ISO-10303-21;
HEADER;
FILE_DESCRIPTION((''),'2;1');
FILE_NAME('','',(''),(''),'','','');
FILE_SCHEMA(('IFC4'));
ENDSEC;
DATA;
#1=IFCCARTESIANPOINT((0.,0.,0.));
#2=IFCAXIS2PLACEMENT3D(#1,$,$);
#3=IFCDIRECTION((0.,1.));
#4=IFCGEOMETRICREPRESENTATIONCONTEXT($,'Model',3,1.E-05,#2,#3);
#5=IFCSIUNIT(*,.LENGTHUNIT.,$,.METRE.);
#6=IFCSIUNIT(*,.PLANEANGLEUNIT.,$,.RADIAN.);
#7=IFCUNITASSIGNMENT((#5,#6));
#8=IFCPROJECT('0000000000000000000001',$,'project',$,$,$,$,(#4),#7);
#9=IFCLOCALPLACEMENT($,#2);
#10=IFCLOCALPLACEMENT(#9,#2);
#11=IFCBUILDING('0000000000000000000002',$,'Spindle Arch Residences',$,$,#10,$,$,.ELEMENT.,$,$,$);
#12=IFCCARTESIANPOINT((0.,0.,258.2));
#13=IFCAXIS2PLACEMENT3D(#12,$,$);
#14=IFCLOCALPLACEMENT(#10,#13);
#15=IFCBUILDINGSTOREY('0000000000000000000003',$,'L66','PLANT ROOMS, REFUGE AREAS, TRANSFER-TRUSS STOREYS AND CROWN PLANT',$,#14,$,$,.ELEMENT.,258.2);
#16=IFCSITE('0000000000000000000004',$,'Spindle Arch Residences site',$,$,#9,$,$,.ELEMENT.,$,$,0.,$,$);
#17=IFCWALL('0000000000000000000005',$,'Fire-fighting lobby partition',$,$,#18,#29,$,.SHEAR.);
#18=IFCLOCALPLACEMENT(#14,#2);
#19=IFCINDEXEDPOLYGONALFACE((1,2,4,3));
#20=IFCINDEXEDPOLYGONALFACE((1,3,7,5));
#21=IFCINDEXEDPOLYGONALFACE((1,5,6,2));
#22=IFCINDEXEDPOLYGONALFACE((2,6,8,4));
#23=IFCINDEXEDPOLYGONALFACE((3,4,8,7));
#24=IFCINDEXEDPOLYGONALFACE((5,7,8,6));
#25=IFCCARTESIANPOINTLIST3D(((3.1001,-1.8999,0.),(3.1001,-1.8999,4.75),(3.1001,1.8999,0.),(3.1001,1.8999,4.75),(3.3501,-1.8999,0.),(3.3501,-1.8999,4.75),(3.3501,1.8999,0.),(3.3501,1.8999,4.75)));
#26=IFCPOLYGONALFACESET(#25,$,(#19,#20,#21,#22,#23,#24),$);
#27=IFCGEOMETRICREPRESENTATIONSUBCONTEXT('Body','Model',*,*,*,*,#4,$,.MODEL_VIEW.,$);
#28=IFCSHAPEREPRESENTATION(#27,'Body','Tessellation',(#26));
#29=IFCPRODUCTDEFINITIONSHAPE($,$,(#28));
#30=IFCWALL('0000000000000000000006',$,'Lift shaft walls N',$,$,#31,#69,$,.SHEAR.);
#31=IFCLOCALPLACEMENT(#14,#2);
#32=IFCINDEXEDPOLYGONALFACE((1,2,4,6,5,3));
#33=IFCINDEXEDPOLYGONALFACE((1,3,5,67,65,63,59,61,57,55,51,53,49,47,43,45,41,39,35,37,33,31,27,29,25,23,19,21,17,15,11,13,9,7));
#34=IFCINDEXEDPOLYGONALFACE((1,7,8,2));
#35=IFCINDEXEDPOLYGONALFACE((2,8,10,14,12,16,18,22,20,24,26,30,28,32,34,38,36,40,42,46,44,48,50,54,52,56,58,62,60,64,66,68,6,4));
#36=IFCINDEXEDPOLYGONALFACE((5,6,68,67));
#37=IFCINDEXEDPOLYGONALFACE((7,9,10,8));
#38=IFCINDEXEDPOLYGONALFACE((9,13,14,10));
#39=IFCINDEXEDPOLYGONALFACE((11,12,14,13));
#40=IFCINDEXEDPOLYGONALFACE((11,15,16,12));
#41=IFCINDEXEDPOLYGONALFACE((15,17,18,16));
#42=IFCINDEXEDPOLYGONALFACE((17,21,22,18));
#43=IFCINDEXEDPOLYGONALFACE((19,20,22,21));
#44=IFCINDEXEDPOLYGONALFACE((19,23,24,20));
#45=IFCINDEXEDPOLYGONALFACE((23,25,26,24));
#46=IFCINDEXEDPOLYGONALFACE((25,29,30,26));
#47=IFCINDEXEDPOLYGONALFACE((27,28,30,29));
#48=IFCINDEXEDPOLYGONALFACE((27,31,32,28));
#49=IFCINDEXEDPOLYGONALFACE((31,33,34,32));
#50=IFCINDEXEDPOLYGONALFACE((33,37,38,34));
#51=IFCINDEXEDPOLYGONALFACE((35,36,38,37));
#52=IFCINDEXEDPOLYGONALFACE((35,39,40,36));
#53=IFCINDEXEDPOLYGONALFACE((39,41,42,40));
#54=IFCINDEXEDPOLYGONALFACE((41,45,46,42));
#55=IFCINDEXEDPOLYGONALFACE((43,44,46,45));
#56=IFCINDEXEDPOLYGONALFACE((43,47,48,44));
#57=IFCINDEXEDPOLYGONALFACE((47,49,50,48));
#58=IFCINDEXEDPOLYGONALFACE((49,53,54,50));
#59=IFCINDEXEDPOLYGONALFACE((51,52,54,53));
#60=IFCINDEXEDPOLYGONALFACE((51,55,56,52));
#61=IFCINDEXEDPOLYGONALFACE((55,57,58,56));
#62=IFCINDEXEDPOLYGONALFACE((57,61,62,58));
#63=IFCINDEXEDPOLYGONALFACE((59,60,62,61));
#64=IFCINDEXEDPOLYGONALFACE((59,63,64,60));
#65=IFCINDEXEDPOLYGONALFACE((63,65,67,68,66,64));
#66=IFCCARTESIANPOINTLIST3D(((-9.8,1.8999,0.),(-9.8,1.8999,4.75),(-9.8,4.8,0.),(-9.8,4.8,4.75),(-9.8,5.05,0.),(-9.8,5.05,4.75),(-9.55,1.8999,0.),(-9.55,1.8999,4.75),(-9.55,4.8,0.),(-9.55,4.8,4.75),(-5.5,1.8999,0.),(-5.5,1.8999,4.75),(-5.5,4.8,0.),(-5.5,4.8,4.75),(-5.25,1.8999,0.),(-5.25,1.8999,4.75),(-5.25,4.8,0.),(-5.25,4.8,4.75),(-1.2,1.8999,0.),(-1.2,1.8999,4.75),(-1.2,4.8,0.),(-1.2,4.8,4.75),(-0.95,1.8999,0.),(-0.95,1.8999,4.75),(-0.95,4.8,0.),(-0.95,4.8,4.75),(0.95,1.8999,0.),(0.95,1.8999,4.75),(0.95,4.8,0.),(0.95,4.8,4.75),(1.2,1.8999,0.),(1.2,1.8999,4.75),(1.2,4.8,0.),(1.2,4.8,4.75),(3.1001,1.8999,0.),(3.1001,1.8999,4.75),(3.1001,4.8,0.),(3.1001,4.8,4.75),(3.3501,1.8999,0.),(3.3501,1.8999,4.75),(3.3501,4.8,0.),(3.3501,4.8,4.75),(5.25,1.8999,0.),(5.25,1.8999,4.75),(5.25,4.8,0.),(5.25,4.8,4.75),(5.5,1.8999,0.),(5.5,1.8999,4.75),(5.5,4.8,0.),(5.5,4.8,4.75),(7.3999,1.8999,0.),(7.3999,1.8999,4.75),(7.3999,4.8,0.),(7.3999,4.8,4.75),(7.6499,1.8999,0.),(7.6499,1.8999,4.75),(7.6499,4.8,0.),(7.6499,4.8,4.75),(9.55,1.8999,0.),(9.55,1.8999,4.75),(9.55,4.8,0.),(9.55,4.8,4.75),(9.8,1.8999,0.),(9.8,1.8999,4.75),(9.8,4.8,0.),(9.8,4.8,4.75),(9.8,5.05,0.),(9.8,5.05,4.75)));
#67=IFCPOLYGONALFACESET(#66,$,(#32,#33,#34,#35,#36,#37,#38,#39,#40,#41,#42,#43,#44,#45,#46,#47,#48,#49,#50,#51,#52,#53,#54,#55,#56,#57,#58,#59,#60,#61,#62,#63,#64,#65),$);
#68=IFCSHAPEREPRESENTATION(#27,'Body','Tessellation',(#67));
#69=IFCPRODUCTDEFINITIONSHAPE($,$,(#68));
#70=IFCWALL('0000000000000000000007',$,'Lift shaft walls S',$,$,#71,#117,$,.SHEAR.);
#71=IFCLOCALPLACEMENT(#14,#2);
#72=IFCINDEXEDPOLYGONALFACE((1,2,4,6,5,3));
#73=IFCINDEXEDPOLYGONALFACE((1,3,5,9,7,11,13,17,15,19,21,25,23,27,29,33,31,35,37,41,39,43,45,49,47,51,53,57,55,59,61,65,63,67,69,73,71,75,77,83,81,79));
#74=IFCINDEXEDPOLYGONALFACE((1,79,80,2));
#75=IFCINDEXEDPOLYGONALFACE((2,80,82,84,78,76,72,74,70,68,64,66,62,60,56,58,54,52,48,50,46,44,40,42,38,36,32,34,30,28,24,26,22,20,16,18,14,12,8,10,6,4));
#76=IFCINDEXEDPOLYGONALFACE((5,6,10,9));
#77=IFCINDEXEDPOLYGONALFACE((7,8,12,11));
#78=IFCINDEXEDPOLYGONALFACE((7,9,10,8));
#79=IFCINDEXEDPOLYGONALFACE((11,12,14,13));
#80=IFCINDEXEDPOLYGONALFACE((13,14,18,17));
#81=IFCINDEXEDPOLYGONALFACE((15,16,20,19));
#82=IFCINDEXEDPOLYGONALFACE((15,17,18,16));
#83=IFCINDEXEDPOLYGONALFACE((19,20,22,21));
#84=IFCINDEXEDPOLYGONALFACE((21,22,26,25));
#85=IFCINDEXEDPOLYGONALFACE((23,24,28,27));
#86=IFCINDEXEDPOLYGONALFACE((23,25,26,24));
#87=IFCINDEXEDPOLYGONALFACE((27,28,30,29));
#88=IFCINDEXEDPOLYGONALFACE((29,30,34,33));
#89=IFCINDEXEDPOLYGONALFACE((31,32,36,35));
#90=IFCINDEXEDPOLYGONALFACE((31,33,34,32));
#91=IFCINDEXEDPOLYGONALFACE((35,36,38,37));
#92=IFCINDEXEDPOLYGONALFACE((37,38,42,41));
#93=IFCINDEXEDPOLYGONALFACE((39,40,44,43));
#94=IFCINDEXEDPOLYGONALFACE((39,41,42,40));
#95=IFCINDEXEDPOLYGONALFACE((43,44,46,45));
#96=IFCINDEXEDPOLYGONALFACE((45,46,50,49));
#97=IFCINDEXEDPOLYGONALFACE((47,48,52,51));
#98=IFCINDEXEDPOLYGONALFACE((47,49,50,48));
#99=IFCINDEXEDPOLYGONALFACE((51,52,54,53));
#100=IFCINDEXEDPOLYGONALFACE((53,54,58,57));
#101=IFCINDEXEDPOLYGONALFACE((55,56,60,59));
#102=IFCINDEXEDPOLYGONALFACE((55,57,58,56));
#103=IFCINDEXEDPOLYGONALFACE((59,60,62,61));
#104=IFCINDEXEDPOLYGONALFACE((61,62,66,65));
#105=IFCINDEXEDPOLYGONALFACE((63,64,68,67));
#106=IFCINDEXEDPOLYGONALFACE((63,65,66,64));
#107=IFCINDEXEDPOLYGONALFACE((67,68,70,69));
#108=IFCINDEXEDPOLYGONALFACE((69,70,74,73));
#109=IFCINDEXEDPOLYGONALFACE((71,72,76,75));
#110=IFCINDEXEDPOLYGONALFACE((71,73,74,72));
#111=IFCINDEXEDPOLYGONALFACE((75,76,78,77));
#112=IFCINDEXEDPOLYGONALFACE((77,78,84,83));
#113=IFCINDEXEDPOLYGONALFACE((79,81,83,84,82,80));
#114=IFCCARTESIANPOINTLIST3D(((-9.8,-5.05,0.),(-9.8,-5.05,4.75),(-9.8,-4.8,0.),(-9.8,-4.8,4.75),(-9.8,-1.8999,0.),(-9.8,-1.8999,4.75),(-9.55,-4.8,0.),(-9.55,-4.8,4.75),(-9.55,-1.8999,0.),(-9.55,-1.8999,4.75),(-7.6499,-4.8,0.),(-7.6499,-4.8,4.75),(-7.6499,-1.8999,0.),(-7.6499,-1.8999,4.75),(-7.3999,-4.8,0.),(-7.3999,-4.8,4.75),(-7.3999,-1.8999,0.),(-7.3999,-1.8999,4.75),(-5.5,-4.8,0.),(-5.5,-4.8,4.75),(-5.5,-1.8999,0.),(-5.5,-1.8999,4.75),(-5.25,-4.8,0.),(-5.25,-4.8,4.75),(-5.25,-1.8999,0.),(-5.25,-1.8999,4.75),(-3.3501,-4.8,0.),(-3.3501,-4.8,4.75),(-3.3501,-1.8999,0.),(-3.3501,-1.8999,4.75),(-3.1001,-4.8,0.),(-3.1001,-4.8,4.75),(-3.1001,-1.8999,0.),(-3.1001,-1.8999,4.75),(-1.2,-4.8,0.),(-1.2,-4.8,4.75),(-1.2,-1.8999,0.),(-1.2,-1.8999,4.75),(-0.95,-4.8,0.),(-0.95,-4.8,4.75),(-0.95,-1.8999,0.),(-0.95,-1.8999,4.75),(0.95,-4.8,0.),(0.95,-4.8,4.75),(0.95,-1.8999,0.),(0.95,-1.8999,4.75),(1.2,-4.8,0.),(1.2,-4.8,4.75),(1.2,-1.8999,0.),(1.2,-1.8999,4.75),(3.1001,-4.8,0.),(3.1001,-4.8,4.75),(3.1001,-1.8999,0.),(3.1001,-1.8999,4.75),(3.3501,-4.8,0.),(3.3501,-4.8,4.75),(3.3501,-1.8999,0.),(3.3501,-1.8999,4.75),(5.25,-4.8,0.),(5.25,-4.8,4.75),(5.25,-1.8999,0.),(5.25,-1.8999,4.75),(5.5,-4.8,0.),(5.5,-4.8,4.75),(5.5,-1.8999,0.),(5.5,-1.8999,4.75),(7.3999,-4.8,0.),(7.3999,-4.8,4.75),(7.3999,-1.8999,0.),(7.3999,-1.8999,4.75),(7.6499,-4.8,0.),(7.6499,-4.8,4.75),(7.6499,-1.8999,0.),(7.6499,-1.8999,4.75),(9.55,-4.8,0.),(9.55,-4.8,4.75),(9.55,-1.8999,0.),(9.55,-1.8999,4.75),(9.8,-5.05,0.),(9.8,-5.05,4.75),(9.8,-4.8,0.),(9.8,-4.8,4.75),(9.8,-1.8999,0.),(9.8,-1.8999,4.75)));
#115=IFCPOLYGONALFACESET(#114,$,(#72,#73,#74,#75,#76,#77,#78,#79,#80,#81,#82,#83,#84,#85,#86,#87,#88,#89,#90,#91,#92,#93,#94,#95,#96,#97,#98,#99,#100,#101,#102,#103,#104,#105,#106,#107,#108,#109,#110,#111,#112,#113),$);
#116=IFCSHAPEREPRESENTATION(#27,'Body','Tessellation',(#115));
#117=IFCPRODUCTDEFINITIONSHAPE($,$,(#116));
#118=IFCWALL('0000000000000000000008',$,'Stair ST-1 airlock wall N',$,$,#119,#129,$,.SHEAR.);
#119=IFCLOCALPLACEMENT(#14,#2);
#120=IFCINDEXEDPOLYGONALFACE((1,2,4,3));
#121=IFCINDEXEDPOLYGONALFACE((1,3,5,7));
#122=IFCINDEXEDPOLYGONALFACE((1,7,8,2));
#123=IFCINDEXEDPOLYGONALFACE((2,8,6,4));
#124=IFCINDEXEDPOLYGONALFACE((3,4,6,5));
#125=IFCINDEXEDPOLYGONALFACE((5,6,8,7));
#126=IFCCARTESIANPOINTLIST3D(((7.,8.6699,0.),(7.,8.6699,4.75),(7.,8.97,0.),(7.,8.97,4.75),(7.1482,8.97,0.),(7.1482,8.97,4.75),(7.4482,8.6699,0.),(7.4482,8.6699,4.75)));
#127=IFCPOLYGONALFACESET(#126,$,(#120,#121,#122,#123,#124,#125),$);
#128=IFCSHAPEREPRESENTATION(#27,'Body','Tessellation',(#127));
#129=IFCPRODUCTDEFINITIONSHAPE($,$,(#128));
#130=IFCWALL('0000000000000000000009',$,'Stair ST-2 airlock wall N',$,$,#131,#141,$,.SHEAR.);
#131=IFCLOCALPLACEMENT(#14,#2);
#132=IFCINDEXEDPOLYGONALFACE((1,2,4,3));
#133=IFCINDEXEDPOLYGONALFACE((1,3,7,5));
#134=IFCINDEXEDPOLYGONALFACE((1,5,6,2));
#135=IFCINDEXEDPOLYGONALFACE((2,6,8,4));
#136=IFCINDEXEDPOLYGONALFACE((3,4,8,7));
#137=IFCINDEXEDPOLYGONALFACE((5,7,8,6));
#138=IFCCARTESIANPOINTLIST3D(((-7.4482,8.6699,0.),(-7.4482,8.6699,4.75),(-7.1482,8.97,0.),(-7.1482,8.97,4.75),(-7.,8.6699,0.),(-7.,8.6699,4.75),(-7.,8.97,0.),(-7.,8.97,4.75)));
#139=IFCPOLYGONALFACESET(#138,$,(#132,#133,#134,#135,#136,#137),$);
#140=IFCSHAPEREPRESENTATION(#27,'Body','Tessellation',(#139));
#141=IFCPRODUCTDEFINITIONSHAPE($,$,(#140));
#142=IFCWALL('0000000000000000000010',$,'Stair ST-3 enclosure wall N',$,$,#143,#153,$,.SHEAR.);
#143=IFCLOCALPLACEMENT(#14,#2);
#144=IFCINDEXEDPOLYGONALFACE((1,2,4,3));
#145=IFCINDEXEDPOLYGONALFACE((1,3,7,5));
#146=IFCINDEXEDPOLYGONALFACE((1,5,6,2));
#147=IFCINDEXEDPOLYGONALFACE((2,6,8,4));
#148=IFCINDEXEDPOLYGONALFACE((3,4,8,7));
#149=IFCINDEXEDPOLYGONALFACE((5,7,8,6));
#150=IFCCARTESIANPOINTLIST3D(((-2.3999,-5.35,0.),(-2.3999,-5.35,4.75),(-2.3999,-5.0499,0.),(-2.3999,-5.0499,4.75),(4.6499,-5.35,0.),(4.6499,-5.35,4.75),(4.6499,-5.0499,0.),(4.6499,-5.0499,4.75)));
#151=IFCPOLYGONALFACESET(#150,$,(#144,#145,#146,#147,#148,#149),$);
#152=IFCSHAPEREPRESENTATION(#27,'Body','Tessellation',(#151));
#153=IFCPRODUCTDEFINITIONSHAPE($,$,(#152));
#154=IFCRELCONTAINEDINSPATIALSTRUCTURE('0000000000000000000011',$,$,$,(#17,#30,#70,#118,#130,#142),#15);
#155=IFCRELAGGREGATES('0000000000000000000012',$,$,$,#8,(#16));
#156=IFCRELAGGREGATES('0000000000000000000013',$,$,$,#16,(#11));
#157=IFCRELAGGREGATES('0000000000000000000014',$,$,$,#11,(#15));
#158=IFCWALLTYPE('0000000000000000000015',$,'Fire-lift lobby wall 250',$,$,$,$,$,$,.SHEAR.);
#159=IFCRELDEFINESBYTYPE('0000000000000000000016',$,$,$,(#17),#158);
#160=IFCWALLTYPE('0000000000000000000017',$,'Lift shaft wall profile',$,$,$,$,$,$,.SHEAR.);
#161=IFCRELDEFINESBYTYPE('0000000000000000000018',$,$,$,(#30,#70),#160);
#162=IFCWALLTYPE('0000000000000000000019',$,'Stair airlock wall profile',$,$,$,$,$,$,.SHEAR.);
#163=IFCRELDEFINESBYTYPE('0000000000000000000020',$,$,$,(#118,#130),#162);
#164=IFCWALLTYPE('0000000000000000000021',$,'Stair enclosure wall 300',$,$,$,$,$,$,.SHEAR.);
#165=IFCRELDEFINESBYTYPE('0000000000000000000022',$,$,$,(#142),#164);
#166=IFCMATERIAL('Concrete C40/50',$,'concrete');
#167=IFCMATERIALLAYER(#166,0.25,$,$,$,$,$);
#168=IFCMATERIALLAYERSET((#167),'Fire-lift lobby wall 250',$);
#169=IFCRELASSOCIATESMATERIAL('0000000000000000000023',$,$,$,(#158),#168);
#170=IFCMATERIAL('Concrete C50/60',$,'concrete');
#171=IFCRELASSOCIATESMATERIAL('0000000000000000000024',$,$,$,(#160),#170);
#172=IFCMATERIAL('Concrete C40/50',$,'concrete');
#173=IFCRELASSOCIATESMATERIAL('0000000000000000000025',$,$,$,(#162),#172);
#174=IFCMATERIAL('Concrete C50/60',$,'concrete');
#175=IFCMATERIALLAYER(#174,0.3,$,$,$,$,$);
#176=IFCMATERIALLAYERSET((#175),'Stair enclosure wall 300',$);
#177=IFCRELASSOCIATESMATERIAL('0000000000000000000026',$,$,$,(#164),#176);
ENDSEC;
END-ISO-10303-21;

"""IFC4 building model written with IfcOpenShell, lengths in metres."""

from ifc_helpers import new_model, si_unit, direction, frame, frame_2d, origin, place, context, subcontext, project, spatial, polyline, rectangle, outline, extrude, material, layer, layer_set, type_object, element, save


model = new_model("IFC4")

# Units and contexts
model_context = context("Model", 3, precision=1e-05, world=origin(), true_north=direction((0.0, 1.0)))
body_context = subcontext(model_context, "Body", "Model", "MODEL_VIEW")
ifc_project = project(units=[si_unit("LENGTHUNIT", "METRE"), si_unit("PLANEANGLEUNIT", "RADIAN")], contexts=[model_context])

# Site, building, storey
site_placement = place(None, origin())
site = spatial("IfcSite", under=ifc_project, at=site_placement, Name="Spindle Arch Residences site", CompositionType="ELEMENT", RefElevation=0.0)
building_placement = place(site_placement, origin())
building = spatial("IfcBuilding", under=site, at=building_placement, Name="Spindle Arch Residences", CompositionType="ELEMENT")
storey_placement = place(building_placement, frame((0.0, 0.0, 258.2)))
storey = spatial("IfcBuildingStorey", under=building, at=storey_placement, Name="L66", Description="PLANT ROOMS, REFUGE AREAS, TRANSFER-TRUSS STOREYS AND CROWN PLANT", CompositionType="ELEMENT", Elevation=258.2)

# Wall
ifc_material_1 = material(Name="Concrete C40/50", Category="concrete")
ifc_layer_1 = layer(ifc_material_1, 0.25)
ifc_layer_set_1 = layer_set([ifc_layer_1], Name="Fire-lift lobby wall 250")
wall_type_1 = type_object("IfcWallType", Name="Fire-lift lobby wall 250", PredefinedType="SHEAR", material=ifc_layer_set_1)
wall_1_placement = place(storey_placement, frame((3.2251, -1.8999, 0.0), z_axis=(0.0, 0.0, 1.0), x_axis=(0.0, 1.0, 0.0)))
element("IfcWall", 1, at=wall_1_placement, inside=storey, type_object=wall_type_1, Name="Fire-fighting lobby partition", PredefinedType="SHEAR", context=body_context, shape_type="SweptSolid", body=[
    extrude(rectangle(XDim=3.7998, YDim=0.25, at=frame_2d((1.8999, 0.0))), origin(), (0.0, 0.0, 1.0), 4.75),
])

# Walls
ifc_material_2 = material(Name="Concrete C50/60", Category="concrete")
wall_type_2 = type_object("IfcWallType", Name="Lift shaft wall profile", PredefinedType="SHEAR", material=ifc_material_2)
wall_2_placement = place(storey_placement, origin())
element("IfcWall", 2, at=wall_2_placement, inside=storey, type_object=wall_type_2, Name="Lift shaft walls N", PredefinedType="SHEAR", context=body_context, shape_type="SweptSolid", body=[
    extrude(outline(polyline([(-9.55, 4.8), (-5.5, 4.8), (-5.5, 1.8999), (-5.25, 1.8999), (-5.25, 4.8), (-1.2, 4.8), (-1.2, 1.8999), (-0.95, 1.8999), (-0.95, 4.8), (0.95, 4.8), (0.95, 1.8999), (1.2, 1.8999), (1.2, 4.8), (3.1001, 4.8), (3.1001, 1.8999), (3.3501, 1.8999), (3.3501, 4.8), (5.25, 4.8), (5.25, 1.8999), (5.5, 1.8999), (5.5, 4.8), (7.3999, 4.8), (7.3999, 1.8999), (7.6499, 1.8999), (7.6499, 4.8), (9.55, 4.8), (9.55, 1.8999), (9.8, 1.8999), (9.8, 4.8), (9.8, 5.05), (-9.8, 5.05), (-9.8, 4.8), (-9.8, 1.8999), (-9.55, 1.8999), (-9.55, 4.8)])), origin(), (0.0, 0.0, 1.0), 4.75),
])
wall_3_placement = place(storey_placement, origin())
element("IfcWall", 3, at=wall_3_placement, inside=storey, type_object=wall_type_2, Name="Lift shaft walls S", PredefinedType="SHEAR", context=body_context, shape_type="SweptSolid", body=[
    extrude(outline(polyline([(9.8, -5.05), (9.8, -4.8), (9.8, -1.8999), (9.55, -1.8999), (9.55, -4.8), (7.6499, -4.8), (7.6499, -1.8999), (7.3999, -1.8999), (7.3999, -4.8), (5.5, -4.8), (5.5, -1.8999), (5.25, -1.8999), (5.25, -4.8), (3.3501, -4.8), (3.3501, -1.8999), (3.1001, -1.8999), (3.1001, -4.8), (1.2, -4.8), (1.2, -1.8999), (0.95, -1.8999), (0.95, -4.8), (-0.95, -4.8), (-0.95, -1.8999), (-1.2, -1.8999), (-1.2, -4.8), (-3.1001, -4.8), (-3.1001, -1.8999), (-3.3501, -1.8999), (-3.3501, -4.8), (-5.25, -4.8), (-5.25, -1.8999), (-5.5, -1.8999), (-5.5, -4.8), (-7.3999, -4.8), (-7.3999, -1.8999), (-7.6499, -1.8999), (-7.6499, -4.8), (-9.55, -4.8), (-9.55, -1.8999), (-9.8, -1.8999), (-9.8, -4.8), (-9.8, -5.05), (9.8, -5.05)])), origin(), (0.0, 0.0, 1.0), 4.75),
])
ifc_material_3 = material(Name="Concrete C40/50", Category="concrete")
wall_type_3 = type_object("IfcWallType", Name="Stair airlock wall profile", PredefinedType="SHEAR", material=ifc_material_3)
wall_4_placement = place(storey_placement, origin())
element("IfcWall", 4, at=wall_4_placement, inside=storey, type_object=wall_type_3, Name="Stair ST-1 airlock wall N", PredefinedType="SHEAR", context=body_context, shape_type="SweptSolid", body=[
    extrude(outline(polyline([(7.4482, 8.6699), (7.0, 8.6699), (7.0, 8.97), (7.1482, 8.97), (7.4482, 8.6699)])), origin(), (0.0, 0.0, 1.0), 4.75),
])
wall_5_placement = place(storey_placement, origin())
element("IfcWall", 5, at=wall_5_placement, inside=storey, type_object=wall_type_3, Name="Stair ST-2 airlock wall N", PredefinedType="SHEAR", context=body_context, shape_type="SweptSolid", body=[
    extrude(outline(polyline([(-7.1482, 8.97), (-7.0, 8.97), (-7.0, 8.6699), (-7.4482, 8.6699), (-7.1482, 8.97)])), origin(), (0.0, 0.0, 1.0), 4.75),
])
ifc_material_4 = material(Name="Concrete C50/60", Category="concrete")
ifc_layer_2 = layer(ifc_material_4, 0.3)
ifc_layer_set_2 = layer_set([ifc_layer_2], Name="Stair enclosure wall 300")
wall_type_4 = type_object("IfcWallType", Name="Stair enclosure wall 300", PredefinedType="SHEAR", material=ifc_layer_set_2)
wall_6_placement = place(storey_placement, frame((-2.3999, -5.2, 0.0), z_axis=(0.0, 0.0, 1.0), x_axis=(1.0, 0.0, 0.0)))
element("IfcWall", 6, at=wall_6_placement, inside=storey, type_object=wall_type_4, Name="Stair ST-3 enclosure wall N", PredefinedType="SHEAR", context=body_context, shape_type="SweptSolid", body=[
    extrude(rectangle(XDim=7.0498, YDim=0.3, at=frame_2d((3.5249, 0.0))), origin(), (0.0, 0.0, 1.0), 4.75),
])

save(model, "model.ifc")
